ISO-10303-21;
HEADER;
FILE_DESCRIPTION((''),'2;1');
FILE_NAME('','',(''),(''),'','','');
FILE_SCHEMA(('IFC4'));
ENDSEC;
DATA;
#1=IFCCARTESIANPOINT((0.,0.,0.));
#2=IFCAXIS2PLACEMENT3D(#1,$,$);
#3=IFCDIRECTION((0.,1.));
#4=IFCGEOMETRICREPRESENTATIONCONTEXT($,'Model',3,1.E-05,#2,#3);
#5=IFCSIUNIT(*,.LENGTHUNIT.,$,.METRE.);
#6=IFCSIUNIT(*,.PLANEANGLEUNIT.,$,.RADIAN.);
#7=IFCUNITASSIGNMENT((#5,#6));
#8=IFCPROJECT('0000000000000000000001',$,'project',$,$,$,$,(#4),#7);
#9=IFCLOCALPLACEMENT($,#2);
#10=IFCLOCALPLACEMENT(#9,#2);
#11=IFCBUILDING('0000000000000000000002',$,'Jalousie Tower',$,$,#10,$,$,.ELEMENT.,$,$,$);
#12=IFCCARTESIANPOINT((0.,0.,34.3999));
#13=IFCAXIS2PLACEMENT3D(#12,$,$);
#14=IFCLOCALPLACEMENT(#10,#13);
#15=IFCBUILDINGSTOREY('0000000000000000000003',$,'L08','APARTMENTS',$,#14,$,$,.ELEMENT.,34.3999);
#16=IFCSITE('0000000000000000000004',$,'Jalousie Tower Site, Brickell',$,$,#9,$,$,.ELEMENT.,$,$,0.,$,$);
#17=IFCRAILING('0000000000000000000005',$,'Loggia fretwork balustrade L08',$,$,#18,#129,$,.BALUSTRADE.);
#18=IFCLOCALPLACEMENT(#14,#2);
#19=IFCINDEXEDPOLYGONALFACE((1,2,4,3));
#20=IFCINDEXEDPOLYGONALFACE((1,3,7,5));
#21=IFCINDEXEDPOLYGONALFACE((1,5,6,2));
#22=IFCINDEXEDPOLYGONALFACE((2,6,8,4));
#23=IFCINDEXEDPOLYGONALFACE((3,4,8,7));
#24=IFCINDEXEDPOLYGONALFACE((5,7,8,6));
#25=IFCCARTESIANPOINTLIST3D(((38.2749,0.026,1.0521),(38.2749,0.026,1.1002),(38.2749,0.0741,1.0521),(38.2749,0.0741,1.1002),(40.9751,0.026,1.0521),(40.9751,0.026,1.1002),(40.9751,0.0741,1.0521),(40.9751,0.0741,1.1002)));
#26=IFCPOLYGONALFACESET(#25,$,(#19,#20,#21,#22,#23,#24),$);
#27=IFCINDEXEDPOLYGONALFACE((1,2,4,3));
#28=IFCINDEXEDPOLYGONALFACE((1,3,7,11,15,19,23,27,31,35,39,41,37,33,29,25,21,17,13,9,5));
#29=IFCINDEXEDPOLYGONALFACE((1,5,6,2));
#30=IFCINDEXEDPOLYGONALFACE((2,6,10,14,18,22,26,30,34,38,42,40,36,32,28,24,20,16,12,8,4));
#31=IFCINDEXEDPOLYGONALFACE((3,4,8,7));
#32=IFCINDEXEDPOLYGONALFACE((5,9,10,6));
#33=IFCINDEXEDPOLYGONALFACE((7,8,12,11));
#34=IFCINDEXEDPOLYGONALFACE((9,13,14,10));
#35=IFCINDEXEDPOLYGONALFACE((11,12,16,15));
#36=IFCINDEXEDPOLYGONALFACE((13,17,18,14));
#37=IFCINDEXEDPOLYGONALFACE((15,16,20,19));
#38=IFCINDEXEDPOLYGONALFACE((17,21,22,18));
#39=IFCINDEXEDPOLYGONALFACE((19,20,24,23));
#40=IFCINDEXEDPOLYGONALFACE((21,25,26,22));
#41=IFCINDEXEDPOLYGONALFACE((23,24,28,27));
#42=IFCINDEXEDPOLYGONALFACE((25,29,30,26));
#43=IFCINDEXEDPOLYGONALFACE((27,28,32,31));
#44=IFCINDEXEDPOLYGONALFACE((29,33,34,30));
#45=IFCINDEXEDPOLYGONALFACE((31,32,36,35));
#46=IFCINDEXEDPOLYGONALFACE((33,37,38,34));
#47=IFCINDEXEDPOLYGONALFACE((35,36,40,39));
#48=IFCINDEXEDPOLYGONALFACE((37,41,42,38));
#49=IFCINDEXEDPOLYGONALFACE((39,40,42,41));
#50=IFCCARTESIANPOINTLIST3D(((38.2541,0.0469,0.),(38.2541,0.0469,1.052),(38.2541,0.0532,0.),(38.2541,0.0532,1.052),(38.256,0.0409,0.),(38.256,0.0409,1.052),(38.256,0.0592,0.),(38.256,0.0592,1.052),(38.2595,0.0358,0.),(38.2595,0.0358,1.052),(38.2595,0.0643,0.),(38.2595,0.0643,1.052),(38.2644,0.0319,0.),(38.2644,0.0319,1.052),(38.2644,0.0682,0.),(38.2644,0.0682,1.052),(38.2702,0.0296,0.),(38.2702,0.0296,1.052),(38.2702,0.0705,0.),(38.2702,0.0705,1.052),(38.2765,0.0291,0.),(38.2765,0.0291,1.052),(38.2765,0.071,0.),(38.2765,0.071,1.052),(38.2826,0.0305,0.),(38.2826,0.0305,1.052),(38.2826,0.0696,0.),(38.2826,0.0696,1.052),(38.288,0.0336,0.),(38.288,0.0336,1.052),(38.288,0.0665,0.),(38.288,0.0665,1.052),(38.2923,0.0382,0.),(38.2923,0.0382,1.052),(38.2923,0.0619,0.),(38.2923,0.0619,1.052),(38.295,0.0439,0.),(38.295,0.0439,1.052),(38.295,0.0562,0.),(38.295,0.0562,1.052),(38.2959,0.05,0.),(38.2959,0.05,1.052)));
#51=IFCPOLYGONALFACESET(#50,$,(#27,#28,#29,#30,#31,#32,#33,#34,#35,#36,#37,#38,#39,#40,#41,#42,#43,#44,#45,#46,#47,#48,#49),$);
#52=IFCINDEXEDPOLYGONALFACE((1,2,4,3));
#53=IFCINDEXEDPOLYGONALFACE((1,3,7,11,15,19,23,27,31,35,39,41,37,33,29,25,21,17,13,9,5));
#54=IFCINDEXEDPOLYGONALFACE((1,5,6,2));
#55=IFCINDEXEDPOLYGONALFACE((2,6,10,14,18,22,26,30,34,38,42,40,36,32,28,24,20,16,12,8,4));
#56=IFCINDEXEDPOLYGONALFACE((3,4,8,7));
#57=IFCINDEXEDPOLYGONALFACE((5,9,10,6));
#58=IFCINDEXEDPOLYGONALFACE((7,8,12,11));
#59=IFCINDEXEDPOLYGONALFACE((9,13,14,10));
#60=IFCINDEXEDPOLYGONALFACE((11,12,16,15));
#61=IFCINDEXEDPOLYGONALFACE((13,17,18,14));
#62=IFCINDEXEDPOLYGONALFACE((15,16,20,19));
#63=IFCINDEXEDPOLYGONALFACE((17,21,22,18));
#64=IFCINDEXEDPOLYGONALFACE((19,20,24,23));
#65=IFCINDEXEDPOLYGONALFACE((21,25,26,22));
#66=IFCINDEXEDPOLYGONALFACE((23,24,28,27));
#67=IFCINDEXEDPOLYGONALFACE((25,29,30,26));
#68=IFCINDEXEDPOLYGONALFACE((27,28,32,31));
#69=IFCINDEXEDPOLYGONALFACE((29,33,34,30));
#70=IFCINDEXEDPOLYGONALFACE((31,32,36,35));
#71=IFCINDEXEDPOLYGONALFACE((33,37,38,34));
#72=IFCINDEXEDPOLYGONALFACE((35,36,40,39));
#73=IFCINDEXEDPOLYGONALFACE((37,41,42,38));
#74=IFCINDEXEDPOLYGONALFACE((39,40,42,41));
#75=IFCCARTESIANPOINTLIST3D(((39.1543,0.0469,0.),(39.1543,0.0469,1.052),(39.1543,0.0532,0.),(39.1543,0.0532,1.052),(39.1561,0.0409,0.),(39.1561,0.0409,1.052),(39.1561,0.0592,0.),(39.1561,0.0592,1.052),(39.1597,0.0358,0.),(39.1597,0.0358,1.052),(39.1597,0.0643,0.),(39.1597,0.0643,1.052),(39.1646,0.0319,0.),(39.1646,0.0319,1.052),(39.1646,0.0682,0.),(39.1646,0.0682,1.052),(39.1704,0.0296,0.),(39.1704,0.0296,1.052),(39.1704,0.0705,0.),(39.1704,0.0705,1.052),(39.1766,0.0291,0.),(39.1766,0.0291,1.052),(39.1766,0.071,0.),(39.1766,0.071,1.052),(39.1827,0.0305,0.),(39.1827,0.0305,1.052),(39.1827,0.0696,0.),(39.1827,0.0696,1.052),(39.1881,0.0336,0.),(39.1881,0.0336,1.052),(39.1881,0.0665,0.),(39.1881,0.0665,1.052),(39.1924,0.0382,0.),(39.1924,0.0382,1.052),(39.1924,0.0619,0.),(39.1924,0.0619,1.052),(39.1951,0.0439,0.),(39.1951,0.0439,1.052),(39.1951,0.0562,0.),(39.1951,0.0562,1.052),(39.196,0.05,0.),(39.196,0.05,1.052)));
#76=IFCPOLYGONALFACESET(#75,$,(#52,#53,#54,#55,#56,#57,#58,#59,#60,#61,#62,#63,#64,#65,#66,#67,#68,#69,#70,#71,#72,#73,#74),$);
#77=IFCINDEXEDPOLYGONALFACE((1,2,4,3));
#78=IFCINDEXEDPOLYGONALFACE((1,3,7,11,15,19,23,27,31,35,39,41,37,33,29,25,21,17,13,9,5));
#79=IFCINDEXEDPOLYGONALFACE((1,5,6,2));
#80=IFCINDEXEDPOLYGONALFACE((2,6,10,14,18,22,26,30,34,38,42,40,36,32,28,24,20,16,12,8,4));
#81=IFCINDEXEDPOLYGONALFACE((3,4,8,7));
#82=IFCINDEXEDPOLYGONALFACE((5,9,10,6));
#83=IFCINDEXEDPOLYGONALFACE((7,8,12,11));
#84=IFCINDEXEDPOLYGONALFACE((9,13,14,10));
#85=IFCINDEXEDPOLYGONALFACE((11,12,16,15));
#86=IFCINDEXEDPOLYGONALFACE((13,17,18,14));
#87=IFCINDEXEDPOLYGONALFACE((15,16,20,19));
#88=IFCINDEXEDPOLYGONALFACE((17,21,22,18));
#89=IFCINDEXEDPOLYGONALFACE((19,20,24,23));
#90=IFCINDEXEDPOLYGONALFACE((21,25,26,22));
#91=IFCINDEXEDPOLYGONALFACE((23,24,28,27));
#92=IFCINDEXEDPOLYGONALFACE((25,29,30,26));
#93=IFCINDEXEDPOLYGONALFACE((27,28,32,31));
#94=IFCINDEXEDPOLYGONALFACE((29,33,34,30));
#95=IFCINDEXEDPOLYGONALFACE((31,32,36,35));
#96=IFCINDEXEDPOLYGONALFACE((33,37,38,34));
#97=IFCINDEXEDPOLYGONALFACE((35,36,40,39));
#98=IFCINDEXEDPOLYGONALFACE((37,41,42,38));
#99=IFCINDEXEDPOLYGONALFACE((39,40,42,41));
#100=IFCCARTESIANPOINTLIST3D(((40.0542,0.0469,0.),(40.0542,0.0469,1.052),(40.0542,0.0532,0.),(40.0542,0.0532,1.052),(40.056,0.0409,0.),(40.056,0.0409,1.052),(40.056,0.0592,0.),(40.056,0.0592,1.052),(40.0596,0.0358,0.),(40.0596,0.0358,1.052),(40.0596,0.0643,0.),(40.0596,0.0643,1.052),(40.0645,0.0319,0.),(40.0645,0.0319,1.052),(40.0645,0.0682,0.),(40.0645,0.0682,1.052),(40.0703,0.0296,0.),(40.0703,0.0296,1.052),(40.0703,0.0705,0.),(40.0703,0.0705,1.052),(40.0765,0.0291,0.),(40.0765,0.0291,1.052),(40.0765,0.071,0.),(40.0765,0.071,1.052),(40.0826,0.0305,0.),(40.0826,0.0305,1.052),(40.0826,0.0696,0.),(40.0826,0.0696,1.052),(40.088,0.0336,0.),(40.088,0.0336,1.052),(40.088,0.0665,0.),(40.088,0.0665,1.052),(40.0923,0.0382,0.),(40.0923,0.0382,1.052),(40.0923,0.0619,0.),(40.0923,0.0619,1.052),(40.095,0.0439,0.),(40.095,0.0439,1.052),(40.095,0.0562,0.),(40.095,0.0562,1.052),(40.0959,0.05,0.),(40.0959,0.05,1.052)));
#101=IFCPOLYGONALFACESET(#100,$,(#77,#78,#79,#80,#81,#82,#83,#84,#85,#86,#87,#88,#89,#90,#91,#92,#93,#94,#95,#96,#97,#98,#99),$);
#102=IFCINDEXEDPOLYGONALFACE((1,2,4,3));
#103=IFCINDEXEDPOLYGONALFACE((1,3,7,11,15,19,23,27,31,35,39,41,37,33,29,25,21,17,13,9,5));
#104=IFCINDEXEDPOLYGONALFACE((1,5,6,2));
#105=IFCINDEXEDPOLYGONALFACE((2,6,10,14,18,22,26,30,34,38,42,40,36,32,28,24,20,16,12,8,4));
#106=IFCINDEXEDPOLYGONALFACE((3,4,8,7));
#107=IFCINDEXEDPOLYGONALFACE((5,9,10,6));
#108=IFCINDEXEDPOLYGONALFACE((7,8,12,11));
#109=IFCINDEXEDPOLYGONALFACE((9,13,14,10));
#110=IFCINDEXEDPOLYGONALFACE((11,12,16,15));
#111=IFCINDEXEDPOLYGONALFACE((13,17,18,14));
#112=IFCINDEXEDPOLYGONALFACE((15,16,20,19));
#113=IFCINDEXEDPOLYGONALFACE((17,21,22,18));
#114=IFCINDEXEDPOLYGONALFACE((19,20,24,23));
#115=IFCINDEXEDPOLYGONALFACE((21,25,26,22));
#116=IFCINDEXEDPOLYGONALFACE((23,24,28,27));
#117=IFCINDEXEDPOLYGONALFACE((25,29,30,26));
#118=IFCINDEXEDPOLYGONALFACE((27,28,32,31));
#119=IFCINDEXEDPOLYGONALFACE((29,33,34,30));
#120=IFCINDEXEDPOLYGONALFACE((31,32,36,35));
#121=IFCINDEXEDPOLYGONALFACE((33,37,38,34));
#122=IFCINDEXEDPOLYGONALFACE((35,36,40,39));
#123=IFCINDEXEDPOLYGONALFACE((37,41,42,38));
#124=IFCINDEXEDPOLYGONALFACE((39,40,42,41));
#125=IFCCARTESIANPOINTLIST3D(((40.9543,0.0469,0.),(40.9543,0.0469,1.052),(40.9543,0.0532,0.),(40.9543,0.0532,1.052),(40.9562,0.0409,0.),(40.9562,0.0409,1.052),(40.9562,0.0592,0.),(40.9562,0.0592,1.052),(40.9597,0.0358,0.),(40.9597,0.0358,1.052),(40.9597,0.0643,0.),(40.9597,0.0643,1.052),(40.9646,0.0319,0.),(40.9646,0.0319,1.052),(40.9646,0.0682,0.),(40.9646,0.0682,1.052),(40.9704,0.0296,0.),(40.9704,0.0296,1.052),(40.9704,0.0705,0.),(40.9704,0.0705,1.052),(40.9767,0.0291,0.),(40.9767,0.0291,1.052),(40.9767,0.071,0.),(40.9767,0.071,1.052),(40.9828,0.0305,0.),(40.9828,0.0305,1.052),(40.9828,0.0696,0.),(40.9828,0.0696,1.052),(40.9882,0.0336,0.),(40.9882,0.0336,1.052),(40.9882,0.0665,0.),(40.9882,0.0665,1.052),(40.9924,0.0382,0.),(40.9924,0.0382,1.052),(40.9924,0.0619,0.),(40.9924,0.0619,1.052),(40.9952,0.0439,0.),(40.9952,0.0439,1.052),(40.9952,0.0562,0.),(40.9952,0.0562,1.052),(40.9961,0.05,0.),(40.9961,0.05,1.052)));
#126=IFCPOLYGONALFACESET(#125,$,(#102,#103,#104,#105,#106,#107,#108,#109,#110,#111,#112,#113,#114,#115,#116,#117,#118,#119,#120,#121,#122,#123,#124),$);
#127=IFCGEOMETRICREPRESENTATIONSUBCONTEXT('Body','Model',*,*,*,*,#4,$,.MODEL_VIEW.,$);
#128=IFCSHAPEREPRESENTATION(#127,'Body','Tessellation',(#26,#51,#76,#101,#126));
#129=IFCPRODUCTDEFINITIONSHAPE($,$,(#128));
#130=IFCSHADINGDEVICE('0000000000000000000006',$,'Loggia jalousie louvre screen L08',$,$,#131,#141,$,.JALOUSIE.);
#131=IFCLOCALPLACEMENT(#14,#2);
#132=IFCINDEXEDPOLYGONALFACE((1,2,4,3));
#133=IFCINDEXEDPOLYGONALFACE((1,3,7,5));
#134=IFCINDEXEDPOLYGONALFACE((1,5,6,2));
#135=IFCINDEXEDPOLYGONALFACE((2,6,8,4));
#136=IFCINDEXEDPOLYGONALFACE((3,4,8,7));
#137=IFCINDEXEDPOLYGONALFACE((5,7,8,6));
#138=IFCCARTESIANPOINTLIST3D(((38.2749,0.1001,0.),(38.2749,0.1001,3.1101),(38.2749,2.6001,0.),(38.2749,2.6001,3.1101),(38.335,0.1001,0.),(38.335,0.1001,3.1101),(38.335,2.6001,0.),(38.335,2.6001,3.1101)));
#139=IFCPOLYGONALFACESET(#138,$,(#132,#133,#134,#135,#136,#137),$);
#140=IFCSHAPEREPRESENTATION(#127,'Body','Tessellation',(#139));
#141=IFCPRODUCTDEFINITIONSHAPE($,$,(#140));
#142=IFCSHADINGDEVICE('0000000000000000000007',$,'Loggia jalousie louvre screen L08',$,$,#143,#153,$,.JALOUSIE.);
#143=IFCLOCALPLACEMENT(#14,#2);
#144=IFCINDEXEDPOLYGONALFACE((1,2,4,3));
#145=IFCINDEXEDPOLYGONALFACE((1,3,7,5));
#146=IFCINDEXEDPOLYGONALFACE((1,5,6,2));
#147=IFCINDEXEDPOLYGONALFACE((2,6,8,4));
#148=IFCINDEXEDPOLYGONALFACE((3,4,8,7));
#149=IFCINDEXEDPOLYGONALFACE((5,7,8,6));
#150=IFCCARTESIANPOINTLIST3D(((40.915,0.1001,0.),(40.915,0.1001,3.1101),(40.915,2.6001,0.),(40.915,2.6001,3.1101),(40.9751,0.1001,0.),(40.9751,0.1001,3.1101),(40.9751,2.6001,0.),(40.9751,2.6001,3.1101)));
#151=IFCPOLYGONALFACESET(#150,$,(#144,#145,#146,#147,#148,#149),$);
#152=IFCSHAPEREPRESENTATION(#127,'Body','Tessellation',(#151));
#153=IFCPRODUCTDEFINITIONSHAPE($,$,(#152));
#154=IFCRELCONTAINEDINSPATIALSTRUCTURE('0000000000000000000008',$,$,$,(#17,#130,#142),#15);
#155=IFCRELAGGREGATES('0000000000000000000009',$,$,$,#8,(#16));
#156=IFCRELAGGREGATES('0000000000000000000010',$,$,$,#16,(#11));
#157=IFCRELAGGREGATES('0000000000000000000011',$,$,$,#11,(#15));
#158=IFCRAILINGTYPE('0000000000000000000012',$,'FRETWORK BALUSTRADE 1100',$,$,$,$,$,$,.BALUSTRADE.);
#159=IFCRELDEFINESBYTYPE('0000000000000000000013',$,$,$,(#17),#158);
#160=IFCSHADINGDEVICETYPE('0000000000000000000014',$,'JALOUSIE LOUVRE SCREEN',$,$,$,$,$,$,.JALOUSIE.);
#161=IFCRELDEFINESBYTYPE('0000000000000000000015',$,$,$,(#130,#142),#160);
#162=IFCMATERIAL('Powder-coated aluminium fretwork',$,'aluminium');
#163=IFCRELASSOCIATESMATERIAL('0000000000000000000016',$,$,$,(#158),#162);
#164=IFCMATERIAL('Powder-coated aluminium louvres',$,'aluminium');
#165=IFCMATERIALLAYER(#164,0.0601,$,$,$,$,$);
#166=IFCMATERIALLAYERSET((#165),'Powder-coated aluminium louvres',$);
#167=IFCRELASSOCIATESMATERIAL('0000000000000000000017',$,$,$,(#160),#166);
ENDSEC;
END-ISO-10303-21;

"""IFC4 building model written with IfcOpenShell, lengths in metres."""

from ifc_helpers import new_model, si_unit, direction, frame, origin, origin_2d, place, context, subcontext, project, spatial, rectangle, circle, extrude, material, layer, layer_set, type_object, element, save


model = new_model("IFC4")

# Units and contexts
model_context = context("Model", 3, precision=1e-05, world=origin(), true_north=direction((0.0, 1.0)))
body_context = subcontext(model_context, "Body", "Model", "MODEL_VIEW")
ifc_project = project(units=[si_unit("LENGTHUNIT", "METRE"), si_unit("PLANEANGLEUNIT", "RADIAN")], contexts=[model_context])

# Site, building, storey
site_placement = place(None, origin())
site = spatial("IfcSite", under=ifc_project, at=site_placement, Name="Jalousie Tower Site, Brickell", CompositionType="ELEMENT", RefElevation=0.0)
building_placement = place(site_placement, origin())
building = spatial("IfcBuilding", under=site, at=building_placement, Name="Jalousie Tower", CompositionType="ELEMENT")
storey_placement = place(building_placement, frame((0.0, 0.0, 34.3999)))
storey = spatial("IfcBuildingStorey", under=building, at=storey_placement, Name="L08", Description="APARTMENTS", CompositionType="ELEMENT", Elevation=34.3999)

# Railing
ifc_material_1 = material(Name="Powder-coated aluminium fretwork", Category="aluminium")
railing_type = type_object("IfcRailingType", Name="FRETWORK BALUSTRADE 1100", PredefinedType="BALUSTRADE", material=ifc_material_1)
railing_placement = place(storey_placement, frame((38.2749, 0.05, 0.0)))
element("IfcRailing", 1, at=railing_placement, inside=storey, type_object=railing_type, Name="Loggia fretwork balustrade L08", PredefinedType="BALUSTRADE", context=body_context, shape_type="SweptSolid", body=[
    extrude(rectangle(XDim=0.0481, YDim=0.0481, at=origin_2d()), frame((0.0, 0.0, 1.0762), z_axis=(1.0, 0.0, 0.0), x_axis=(0.0, 1.0, 0.0)), (0.0, 0.0, 1.0), 2.7002),
    extrude(circle(Radius=0.021, at=origin_2d()), origin(), (0.0, 0.0, 1.0), 1.052),
    extrude(circle(Radius=0.021, at=origin_2d()), frame((0.9001, 0.0, 0.0)), (0.0, 0.0, 1.0), 1.052),
    extrude(circle(Radius=0.021, at=origin_2d()), frame((1.8, 0.0, 0.0)), (0.0, 0.0, 1.0), 1.052),
    extrude(circle(Radius=0.021, at=origin_2d()), frame((2.7002, 0.0, 0.0)), (0.0, 0.0, 1.0), 1.052),
])

# Shading devices
ifc_material_2 = material(Name="Powder-coated aluminium louvres", Category="aluminium")
ifc_layer_1 = layer(ifc_material_2, 0.0601)
ifc_layer_set_1 = layer_set([ifc_layer_1], Name="Powder-coated aluminium louvres")
shading_device_type_1 = type_object("IfcShadingDeviceType", Name="JALOUSIE LOUVRE SCREEN", PredefinedType="JALOUSIE", material=ifc_layer_set_1)
for number, where, z_axis, x_axis, name in (
    (2, (38.3049, 1.3501, 0.0), (0.0, 0.0, 1.0), (1.0, 0.0, 0.0), "Loggia jalousie louvre screen L08"),
    (3, (40.9451, 1.3501, 0.0), (0.0, 0.0, 1.0), (1.0, 0.0, 0.0), "Loggia jalousie louvre screen L08"),
):
    element("IfcShadingDevice", number, at=place(storey_placement, frame(where, z_axis=z_axis, x_axis=x_axis)), inside=storey, type_object=shading_device_type_1, Name=name, PredefinedType="JALOUSIE", context=body_context, shape_type="SweptSolid", body=[
        extrude(rectangle(XDim=0.0601, YDim=2.5, at=origin_2d()), origin(), (0.0, 0.0, 1.0), 3.1101),
    ])

save(model, "model.ifc")
